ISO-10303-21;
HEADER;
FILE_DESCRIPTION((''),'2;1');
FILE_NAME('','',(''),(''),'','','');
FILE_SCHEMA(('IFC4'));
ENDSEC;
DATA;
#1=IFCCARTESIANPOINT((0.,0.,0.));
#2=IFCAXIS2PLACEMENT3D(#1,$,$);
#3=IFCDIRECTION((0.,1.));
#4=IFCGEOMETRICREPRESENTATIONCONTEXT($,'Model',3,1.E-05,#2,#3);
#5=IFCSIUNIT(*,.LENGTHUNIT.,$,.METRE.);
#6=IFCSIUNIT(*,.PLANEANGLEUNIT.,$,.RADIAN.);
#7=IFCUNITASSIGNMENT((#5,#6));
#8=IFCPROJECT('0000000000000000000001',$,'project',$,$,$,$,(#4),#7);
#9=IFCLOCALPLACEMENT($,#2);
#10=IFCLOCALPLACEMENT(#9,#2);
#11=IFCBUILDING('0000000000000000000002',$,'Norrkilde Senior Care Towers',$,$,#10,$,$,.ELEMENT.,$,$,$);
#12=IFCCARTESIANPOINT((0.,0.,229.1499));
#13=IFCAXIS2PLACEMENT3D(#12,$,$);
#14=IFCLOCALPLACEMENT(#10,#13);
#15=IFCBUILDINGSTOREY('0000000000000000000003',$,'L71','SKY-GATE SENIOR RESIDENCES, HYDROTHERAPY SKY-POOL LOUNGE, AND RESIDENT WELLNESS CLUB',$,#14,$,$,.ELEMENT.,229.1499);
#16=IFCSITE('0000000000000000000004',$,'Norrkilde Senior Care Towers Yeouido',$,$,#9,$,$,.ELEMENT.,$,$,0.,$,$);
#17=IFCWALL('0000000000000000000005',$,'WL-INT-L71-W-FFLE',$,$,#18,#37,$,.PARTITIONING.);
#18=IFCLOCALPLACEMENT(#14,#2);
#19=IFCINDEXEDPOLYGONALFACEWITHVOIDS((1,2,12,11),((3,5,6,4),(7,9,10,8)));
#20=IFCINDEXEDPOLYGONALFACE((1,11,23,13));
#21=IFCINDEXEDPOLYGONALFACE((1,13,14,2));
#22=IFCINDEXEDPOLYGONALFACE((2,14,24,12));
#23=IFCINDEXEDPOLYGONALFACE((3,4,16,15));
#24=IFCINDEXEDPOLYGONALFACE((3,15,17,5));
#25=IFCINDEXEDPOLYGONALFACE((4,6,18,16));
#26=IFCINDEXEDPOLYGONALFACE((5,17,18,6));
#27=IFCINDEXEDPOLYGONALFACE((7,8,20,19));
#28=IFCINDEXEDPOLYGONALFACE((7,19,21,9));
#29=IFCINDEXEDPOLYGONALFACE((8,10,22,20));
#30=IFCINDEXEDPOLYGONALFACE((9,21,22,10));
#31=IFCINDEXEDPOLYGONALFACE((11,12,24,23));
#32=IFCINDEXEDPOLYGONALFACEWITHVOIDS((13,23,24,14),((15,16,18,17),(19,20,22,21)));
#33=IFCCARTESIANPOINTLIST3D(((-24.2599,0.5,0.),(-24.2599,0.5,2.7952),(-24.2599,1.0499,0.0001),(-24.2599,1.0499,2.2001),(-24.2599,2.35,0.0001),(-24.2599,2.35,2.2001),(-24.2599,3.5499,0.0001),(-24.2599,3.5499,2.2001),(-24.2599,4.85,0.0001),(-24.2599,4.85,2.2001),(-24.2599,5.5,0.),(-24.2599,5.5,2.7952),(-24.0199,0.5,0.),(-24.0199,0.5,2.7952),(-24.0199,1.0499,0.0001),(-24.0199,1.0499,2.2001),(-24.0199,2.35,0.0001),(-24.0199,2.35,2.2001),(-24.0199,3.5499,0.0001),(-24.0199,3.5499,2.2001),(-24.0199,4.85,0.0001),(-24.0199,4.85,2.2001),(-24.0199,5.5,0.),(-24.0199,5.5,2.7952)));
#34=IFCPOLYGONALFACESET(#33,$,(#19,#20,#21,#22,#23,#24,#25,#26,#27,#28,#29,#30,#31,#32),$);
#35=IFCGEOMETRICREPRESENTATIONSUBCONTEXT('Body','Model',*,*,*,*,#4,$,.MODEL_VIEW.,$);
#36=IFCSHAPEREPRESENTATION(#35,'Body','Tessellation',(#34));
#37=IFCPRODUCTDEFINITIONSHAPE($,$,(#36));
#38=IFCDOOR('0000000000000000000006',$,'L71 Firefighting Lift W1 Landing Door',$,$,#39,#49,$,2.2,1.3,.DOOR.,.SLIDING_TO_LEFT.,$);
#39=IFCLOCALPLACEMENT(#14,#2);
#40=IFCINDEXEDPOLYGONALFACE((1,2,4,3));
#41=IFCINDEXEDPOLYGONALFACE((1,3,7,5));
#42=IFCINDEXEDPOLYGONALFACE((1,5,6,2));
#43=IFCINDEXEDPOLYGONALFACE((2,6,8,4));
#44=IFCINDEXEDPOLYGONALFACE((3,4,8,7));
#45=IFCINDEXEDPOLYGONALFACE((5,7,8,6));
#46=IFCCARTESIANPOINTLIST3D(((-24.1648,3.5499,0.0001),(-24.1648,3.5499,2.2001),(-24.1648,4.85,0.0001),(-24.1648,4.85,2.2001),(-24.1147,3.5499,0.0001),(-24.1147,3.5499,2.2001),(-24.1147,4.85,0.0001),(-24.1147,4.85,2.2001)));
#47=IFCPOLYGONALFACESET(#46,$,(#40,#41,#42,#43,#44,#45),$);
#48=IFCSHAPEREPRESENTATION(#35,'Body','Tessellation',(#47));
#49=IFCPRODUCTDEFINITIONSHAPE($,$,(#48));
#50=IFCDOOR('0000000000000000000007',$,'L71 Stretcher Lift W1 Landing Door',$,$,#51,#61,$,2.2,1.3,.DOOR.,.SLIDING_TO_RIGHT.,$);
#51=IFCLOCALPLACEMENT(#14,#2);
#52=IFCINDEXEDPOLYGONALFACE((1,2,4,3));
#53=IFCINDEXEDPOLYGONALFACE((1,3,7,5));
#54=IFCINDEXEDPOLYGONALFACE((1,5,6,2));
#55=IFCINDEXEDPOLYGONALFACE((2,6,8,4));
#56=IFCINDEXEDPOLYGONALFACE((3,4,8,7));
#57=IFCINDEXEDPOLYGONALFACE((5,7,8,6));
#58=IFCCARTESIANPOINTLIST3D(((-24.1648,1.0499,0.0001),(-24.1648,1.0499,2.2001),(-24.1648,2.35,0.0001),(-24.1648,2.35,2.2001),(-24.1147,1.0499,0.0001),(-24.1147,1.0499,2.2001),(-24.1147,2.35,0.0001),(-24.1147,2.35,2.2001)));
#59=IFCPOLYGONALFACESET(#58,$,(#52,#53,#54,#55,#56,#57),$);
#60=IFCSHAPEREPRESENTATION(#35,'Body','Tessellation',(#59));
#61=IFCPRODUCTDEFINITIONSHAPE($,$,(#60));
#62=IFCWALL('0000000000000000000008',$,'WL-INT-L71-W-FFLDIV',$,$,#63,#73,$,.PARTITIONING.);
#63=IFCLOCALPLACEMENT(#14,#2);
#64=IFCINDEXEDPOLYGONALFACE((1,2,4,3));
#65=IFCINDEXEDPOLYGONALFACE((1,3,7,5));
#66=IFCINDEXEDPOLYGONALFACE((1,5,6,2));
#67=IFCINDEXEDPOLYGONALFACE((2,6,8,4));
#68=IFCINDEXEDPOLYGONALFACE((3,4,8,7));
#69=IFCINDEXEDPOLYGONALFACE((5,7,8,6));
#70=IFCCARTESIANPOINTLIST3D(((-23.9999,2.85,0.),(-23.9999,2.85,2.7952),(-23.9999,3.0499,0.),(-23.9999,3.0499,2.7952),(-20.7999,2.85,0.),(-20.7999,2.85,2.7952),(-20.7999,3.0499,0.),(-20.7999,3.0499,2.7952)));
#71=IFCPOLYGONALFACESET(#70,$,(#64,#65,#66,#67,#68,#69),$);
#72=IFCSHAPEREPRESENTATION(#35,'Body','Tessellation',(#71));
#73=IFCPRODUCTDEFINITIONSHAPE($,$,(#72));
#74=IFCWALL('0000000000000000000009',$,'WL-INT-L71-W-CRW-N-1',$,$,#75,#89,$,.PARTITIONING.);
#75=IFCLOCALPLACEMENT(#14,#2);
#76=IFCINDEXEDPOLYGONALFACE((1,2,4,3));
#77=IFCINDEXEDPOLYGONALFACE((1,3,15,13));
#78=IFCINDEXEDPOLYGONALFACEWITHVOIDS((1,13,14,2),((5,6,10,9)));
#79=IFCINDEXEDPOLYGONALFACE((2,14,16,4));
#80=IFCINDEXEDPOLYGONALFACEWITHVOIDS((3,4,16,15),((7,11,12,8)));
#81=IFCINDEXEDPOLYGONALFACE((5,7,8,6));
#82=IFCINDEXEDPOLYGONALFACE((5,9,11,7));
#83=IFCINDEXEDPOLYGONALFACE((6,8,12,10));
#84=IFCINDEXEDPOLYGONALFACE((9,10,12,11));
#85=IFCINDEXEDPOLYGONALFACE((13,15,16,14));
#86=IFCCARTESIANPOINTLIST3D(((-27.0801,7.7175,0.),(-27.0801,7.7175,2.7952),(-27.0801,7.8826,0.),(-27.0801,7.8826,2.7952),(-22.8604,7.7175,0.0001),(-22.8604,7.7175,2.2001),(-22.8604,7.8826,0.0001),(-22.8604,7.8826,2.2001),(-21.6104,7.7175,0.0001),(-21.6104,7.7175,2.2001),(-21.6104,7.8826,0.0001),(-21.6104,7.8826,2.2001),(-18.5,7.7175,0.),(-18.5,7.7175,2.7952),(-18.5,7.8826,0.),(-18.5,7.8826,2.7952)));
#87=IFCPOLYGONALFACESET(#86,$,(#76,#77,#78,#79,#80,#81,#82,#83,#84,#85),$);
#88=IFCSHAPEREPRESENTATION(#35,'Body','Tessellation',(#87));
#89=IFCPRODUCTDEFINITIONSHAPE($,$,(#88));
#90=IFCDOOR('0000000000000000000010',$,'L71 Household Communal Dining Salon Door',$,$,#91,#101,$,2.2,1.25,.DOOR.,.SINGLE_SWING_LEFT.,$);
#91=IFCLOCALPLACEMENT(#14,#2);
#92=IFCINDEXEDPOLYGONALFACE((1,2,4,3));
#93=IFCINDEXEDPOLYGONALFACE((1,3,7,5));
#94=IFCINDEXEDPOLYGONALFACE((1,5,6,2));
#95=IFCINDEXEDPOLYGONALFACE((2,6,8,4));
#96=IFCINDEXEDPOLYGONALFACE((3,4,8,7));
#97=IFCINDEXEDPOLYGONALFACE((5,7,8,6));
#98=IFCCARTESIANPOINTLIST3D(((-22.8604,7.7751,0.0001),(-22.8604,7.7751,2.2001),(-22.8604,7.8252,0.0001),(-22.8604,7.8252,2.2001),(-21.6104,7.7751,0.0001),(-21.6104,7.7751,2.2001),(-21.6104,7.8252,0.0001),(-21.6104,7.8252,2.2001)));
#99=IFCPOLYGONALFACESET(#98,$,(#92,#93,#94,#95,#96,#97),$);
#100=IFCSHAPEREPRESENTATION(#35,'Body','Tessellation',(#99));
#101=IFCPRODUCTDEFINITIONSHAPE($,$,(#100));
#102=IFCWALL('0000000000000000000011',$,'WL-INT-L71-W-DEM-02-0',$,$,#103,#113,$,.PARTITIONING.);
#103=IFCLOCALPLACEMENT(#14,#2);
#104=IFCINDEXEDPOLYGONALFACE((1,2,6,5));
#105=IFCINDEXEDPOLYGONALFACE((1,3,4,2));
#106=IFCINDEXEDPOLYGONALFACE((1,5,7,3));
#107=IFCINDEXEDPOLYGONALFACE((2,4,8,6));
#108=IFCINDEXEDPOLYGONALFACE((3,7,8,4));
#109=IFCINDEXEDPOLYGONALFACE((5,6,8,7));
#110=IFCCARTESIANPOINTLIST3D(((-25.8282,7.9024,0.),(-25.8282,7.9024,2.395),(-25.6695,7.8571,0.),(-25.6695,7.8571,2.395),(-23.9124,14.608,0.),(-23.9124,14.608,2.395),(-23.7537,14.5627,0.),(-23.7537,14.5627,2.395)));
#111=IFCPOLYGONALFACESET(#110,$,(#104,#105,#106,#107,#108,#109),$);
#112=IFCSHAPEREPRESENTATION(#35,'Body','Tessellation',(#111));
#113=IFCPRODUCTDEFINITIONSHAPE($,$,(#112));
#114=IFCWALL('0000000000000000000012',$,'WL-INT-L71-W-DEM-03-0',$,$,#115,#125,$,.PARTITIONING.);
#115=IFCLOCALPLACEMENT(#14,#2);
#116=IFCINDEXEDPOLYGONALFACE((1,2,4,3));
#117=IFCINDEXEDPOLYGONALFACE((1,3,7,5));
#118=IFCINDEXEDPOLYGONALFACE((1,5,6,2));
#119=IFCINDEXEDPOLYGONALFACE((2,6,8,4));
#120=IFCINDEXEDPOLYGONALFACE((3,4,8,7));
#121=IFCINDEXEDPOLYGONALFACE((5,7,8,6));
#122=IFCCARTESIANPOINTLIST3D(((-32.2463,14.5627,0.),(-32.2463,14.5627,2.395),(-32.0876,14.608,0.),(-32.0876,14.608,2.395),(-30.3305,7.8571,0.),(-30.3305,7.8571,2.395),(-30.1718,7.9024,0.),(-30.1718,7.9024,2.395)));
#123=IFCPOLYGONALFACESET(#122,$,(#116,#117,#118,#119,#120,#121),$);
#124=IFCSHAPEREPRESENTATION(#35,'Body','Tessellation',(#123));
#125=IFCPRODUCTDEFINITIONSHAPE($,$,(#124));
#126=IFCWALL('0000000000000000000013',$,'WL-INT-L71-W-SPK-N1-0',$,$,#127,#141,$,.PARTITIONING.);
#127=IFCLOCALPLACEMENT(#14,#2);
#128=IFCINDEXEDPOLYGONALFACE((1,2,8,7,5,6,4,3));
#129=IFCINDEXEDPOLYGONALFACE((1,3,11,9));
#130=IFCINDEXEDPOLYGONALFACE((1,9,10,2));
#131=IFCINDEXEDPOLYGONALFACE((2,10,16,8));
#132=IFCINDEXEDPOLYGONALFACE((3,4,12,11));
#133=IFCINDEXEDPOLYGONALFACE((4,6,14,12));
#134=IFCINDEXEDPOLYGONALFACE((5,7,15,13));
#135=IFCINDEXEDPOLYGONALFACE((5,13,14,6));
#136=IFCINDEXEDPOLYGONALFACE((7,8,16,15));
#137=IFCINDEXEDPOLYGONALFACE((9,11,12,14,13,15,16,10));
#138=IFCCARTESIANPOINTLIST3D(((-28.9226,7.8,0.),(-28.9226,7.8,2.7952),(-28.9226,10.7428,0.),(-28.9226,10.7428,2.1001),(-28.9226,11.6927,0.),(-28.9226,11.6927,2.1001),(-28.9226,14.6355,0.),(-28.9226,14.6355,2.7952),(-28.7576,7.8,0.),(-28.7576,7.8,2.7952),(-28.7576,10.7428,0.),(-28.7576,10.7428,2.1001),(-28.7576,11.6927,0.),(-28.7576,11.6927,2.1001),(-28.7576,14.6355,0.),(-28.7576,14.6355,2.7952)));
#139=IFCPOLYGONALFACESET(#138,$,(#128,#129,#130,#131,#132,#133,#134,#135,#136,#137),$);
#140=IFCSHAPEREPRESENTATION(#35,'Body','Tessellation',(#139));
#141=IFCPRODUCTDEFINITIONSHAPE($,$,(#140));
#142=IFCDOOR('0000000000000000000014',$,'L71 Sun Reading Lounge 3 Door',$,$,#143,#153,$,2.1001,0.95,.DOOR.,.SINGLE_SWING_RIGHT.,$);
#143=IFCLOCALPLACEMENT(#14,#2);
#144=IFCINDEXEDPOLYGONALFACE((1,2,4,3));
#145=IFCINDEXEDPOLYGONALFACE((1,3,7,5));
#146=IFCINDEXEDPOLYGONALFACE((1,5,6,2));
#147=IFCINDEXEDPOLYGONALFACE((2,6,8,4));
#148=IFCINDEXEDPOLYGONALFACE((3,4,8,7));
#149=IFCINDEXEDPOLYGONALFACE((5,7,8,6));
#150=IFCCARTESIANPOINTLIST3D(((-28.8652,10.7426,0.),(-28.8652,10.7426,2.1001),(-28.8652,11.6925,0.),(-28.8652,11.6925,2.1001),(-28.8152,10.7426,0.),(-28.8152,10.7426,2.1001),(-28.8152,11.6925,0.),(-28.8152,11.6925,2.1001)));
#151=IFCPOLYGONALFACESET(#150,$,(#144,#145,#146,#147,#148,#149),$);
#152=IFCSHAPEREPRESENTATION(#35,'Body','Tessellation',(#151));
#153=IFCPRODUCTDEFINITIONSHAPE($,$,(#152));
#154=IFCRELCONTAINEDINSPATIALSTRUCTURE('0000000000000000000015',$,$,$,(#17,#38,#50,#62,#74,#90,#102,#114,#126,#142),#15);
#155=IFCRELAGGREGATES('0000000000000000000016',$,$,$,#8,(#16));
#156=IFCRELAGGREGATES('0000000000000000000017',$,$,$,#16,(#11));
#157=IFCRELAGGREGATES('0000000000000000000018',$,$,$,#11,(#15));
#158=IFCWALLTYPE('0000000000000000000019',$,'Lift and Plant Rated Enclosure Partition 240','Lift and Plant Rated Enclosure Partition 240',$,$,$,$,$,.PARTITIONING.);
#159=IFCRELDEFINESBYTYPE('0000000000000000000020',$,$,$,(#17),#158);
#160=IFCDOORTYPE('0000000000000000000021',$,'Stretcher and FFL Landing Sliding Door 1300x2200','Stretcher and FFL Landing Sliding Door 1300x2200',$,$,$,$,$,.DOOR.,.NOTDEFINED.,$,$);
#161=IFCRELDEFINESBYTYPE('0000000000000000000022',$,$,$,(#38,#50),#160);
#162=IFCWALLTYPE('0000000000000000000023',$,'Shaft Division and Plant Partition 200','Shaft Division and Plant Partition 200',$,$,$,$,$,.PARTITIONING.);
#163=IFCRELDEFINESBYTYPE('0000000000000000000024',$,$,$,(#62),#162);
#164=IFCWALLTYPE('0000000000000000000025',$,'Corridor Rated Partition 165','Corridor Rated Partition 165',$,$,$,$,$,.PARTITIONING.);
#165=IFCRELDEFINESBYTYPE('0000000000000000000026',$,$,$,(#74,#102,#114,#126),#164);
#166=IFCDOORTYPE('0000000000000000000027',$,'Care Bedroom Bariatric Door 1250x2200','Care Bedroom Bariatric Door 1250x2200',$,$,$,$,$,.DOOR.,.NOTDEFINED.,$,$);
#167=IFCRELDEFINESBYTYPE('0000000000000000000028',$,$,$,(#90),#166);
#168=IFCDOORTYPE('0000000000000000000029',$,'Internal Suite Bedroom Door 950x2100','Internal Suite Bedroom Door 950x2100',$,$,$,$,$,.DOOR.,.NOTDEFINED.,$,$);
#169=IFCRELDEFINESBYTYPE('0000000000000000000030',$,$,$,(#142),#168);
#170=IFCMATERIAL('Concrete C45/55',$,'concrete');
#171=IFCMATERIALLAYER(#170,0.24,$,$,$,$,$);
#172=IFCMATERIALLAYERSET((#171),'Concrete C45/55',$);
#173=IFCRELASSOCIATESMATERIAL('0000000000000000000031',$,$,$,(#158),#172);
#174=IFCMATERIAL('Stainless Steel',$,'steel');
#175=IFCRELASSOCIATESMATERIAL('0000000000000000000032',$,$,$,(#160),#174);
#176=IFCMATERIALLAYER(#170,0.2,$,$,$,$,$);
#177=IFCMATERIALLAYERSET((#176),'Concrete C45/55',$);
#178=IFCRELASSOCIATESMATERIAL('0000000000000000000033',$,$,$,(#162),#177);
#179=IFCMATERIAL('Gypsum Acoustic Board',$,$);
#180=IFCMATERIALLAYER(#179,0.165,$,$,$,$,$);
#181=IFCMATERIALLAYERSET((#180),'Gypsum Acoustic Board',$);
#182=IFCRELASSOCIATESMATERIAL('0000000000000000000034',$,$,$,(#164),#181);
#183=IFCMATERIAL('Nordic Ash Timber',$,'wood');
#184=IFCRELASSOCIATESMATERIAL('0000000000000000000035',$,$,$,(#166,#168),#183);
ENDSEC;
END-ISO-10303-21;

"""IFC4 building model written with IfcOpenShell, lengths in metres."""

from ifc_helpers import new_model, si_unit, direction, frame, frame_2d, origin, place, context, subcontext, project, spatial, rectangle, extrude, source, transform, mapped, material, layer, layer_set, type_object, type_shapes, element, fill, save


model = new_model("IFC4")

# Units and contexts
model_context = context("Model", 3, precision=1e-05, world=origin(), true_north=direction((0.0, 1.0)))
body_context = subcontext(model_context, "Body", "Model", "MODEL_VIEW")
ifc_project = project(units=[si_unit("LENGTHUNIT", "METRE"), si_unit("PLANEANGLEUNIT", "RADIAN")], contexts=[model_context])

# Site, building, storey
site_placement = place(None, origin())
site = spatial("IfcSite", under=ifc_project, at=site_placement, Name="Norrkilde Senior Care Towers Yeouido", CompositionType="ELEMENT", RefElevation=0.0)
building_placement = place(site_placement, origin())
building = spatial("IfcBuilding", under=site, at=building_placement, Name="Norrkilde Senior Care Towers", CompositionType="ELEMENT")
storey_placement = place(building_placement, frame((0.0, 0.0, 229.1499)))
storey = spatial("IfcBuildingStorey", under=building, at=storey_placement, Name="L71", Description="SKY-GATE SENIOR RESIDENCES, HYDROTHERAPY SKY-POOL LOUNGE, AND RESIDENT WELLNESS CLUB", CompositionType="ELEMENT", Elevation=229.1499)

# Wall, openings, doors
ifc_material_1 = material(Name="Concrete C45/55", Category="concrete")
ifc_layer_1 = layer(ifc_material_1, 0.24)
ifc_layer_set_1 = layer_set([ifc_layer_1], Name="Concrete C45/55")
wall_type_1 = type_object("IfcWallType", Name="Lift and Plant Rated Enclosure Partition 240", Description="Lift and Plant Rated Enclosure Partition 240", PredefinedType="PARTITIONING", material=ifc_layer_set_1)
shared_shape_1 = source(origin(), body_context, "Body", "SweptSolid", [
    extrude(rectangle(XDim=5.0, YDim=0.24, at=frame_2d((2.5, 0.0))), origin(), (0.0, 0.0, 1.0), 2.7952),
])
type_shapes(wall_type_1, [shared_shape_1])
wall_1_placement = place(storey_placement, frame((-24.1399, 0.5, 0.0), z_axis=(0.0, 0.0, 1.0), x_axis=(0.0, 1.0, 0.0)))
wall_1 = element("IfcWall", 1, at=wall_1_placement, inside=storey, type_object=wall_type_1, Name="WL-INT-L71-W-FFLE", PredefinedType="PARTITIONING", context=body_context, shape_type="MappedRepresentation", body=[
    mapped(shared_shape_1, transform((0.0, 0.0, 0.0), x_axis=(1.0, 0.0, 0.0), y_axis=(0.0, 1.0, 0.0), z_axis=(0.0, 0.0, 1.0), scale=1.0)),
])
opening_1_placement = place(wall_1_placement, frame((3.05, 0.0, 0.0)))
opening_1 = element("IfcOpeningElement", 2, at=opening_1_placement, cuts=wall_1, PredefinedType="OPENING", context=body_context, shape_type="SweptSolid", body=[
    extrude(rectangle(XDim=1.3, YDim=2.2, at=frame_2d((0.6499, 1.1001))), frame((0.0, 0.1299, 0.0), z_axis=(0.0, -1.0, 0.0), x_axis=(1.0, 0.0, 0.0)), (0.0, 0.0, 1.0), 0.26),
])
opening_2_placement = place(wall_1_placement, frame((0.55, 0.0, 0.0)))
opening_2 = element("IfcOpeningElement", 3, at=opening_2_placement, cuts=wall_1, PredefinedType="OPENING", context=body_context, shape_type="SweptSolid", body=[
    extrude(rectangle(XDim=1.3, YDim=2.2, at=frame_2d((0.6499, 1.1001))), frame((0.0, 0.1299, 0.0), z_axis=(0.0, -1.0, 0.0), x_axis=(1.0, 0.0, 0.0)), (0.0, 0.0, 1.0), 0.26),
])
ifc_material_2 = material(Name="Stainless Steel", Category="steel")
door_type_1 = type_object("IfcDoorType", Name="Stretcher and FFL Landing Sliding Door 1300x2200", Description="Stretcher and FFL Landing Sliding Door 1300x2200", OperationType="NOTDEFINED", PredefinedType="DOOR", material=ifc_material_2)
shared_shape_2 = source(origin(), body_context, "Body", "SweptSolid", [
    extrude(rectangle(XDim=1.3, YDim=2.2, at=frame_2d((0.6499, 1.1001))), frame((0.0, 0.0249, 0.0), z_axis=(0.0, -1.0, 0.0), x_axis=(1.0, 0.0, 0.0)), (0.0, 0.0, 1.0), 0.05),
])
type_shapes(door_type_1, [shared_shape_2])
door_1_placement = place(opening_1_placement, origin())
door_1 = element("IfcDoor", 4, at=door_1_placement, inside=storey, type_object=door_type_1, Name="L71 Firefighting Lift W1 Landing Door", OperationType="SLIDING_TO_LEFT", OverallHeight=2.2, OverallWidth=1.3, PredefinedType="DOOR", context=body_context, shape_type="MappedRepresentation", body=[
    mapped(shared_shape_2, transform((0.0, 0.0, 0.0), x_axis=(1.0, 0.0, 0.0), y_axis=(0.0, 1.0, 0.0), z_axis=(0.0, 0.0, 1.0), scale=1.0)),
])
fill(opening_1, door_1)
door_2_placement = place(opening_2_placement, origin())
door_2 = element("IfcDoor", 5, at=door_2_placement, inside=storey, type_object=door_type_1, Name="L71 Stretcher Lift W1 Landing Door", OperationType="SLIDING_TO_RIGHT", OverallHeight=2.2, OverallWidth=1.3, PredefinedType="DOOR", context=body_context, shape_type="MappedRepresentation", body=[
    mapped(shared_shape_2, transform((0.0, 0.0, 0.0), x_axis=(1.0, 0.0, 0.0), y_axis=(0.0, 1.0, 0.0), z_axis=(0.0, 0.0, 1.0), scale=1.0)),
])
fill(opening_2, door_2)

# Wall
ifc_layer_2 = layer(ifc_material_1, 0.2)
ifc_layer_set_2 = layer_set([ifc_layer_2], Name="Concrete C45/55")
wall_type_2 = type_object("IfcWallType", Name="Shaft Division and Plant Partition 200", Description="Shaft Division and Plant Partition 200", PredefinedType="PARTITIONING", material=ifc_layer_set_2)
shared_shape_3 = source(origin(), body_context, "Body", "SweptSolid", [
    extrude(rectangle(XDim=3.2, YDim=0.2, at=frame_2d((1.6001, 0.0))), origin(), (0.0, 0.0, 1.0), 2.7952),
])
type_shapes(wall_type_2, [shared_shape_3])
wall_2_placement = place(storey_placement, frame((-24.0, 2.95, 0.0), z_axis=(0.0, 0.0, 1.0), x_axis=(1.0, 0.0, 0.0)))
element("IfcWall", 6, at=wall_2_placement, inside=storey, type_object=wall_type_2, Name="WL-INT-L71-W-FFLDIV", PredefinedType="PARTITIONING", context=body_context, shape_type="MappedRepresentation", body=[
    mapped(shared_shape_3, transform((0.0, 0.0, 0.0), x_axis=(1.0, 0.0, 0.0), y_axis=(0.0, 1.0, 0.0), z_axis=(0.0, 0.0, 1.0), scale=1.0)),
])

# Wall, opening, door
ifc_material_3 = material(Name="Gypsum Acoustic Board")
ifc_layer_3 = layer(ifc_material_3, 0.165)
ifc_layer_set_3 = layer_set([ifc_layer_3], Name="Gypsum Acoustic Board")
wall_type_3 = type_object("IfcWallType", Name="Corridor Rated Partition 165", Description="Corridor Rated Partition 165", PredefinedType="PARTITIONING", material=ifc_layer_set_3)
shared_shape_4 = source(origin(), body_context, "Body", "SweptSolid", [
    extrude(rectangle(XDim=8.5801, YDim=0.165, at=frame_2d((4.29, 0.0))), origin(), (0.0, 0.0, 1.0), 2.7952),
])
wall_3_placement = place(storey_placement, frame((-27.0801, 7.8, 0.0), z_axis=(0.0, 0.0, 1.0), x_axis=(1.0, 0.0, 0.0)))
wall_3 = element("IfcWall", 7, at=wall_3_placement, inside=storey, type_object=wall_type_3, Name="WL-INT-L71-W-CRW-N-1", PredefinedType="PARTITIONING", context=body_context, shape_type="MappedRepresentation", body=[
    mapped(shared_shape_4, transform((0.0, 0.0, 0.0), x_axis=(1.0, 0.0, 0.0), y_axis=(0.0, 1.0, 0.0), z_axis=(0.0, 0.0, 1.0), scale=1.0)),
])
opening_3_placement = place(wall_3_placement, frame((4.2197, 0.0, 0.0)))
opening_3 = element("IfcOpeningElement", 8, at=opening_3_placement, cuts=wall_3, PredefinedType="OPENING", context=body_context, shape_type="SweptSolid", body=[
    extrude(rectangle(XDim=1.25, YDim=2.2, at=frame_2d((0.625, 1.1001))), frame((0.0, 0.0925, 0.0), z_axis=(0.0, -1.0, 0.0), x_axis=(1.0, 0.0, 0.0)), (0.0, 0.0, 1.0), 0.1851),
])
ifc_material_4 = material(Name="Nordic Ash Timber", Category="wood")
door_type_2 = type_object("IfcDoorType", Name="Care Bedroom Bariatric Door 1250x2200", Description="Care Bedroom Bariatric Door 1250x2200", OperationType="NOTDEFINED", PredefinedType="DOOR", material=ifc_material_4)
shared_shape_5 = source(origin(), body_context, "Body", "SweptSolid", [
    extrude(rectangle(XDim=1.25, YDim=2.2, at=frame_2d((0.625, 1.1001))), frame((0.0, 0.0249, 0.0), z_axis=(0.0, -1.0, 0.0), x_axis=(1.0, 0.0, 0.0)), (0.0, 0.0, 1.0), 0.05),
])
type_shapes(door_type_2, [shared_shape_5])
door_3_placement = place(opening_3_placement, frame((1.25, 0.0, 0.0), z_axis=(0.0, 0.0, 1.0), x_axis=(-1.0, 0.0, 0.0)))
door_3 = element("IfcDoor", 9, at=door_3_placement, inside=storey, type_object=door_type_2, Name="L71 Household Communal Dining Salon Door", OperationType="SINGLE_SWING_LEFT", OverallHeight=2.2, OverallWidth=1.25, PredefinedType="DOOR", context=body_context, shape_type="MappedRepresentation", body=[
    mapped(shared_shape_5, transform((0.0, 0.0, 0.0), x_axis=(1.0, 0.0, 0.0), y_axis=(0.0, 1.0, 0.0), z_axis=(0.0, 0.0, 1.0), scale=1.0)),
])
fill(opening_3, door_3)

# Walls
shared_shape_6 = source(origin(), body_context, "Body", "SweptSolid", [
    extrude(rectangle(XDim=6.9739, YDim=0.165, at=frame_2d((3.4868, 0.0))), origin(), (0.0, 0.0, 1.0), 2.395),
])
for number, where, z_axis, x_axis, name in (
    (10, (-25.7488, 7.8799, 0.0), (0.0, 0.0, 1.0), (0.274707, 0.961528, 0.0), "WL-INT-L71-W-DEM-02-0"),
    (11, (-30.2512, 7.8799, 0.0), (0.0, 0.0, 1.0), (-0.274707, 0.961528, 0.0), "WL-INT-L71-W-DEM-03-0"),
):
    element("IfcWall", number, at=place(storey_placement, frame(where, z_axis=z_axis, x_axis=x_axis)), inside=storey, type_object=wall_type_3, Name=name, PredefinedType="PARTITIONING", context=body_context, shape_type="MappedRepresentation", body=[
        mapped(shared_shape_6, transform((0.0, 0.0, 0.0), x_axis=(1.0, 0.0, 0.0), y_axis=(0.0, 1.0, 0.0), z_axis=(0.0, 0.0, 1.0), scale=1.0)),
    ])

# Wall, opening, door
shared_shape_7 = source(origin(), body_context, "Body", "SweptSolid", [
    extrude(rectangle(XDim=6.8354, YDim=0.165, at=frame_2d((3.4177, 0.0))), origin(), (0.0, 0.0, 1.0), 2.7952),
])
type_shapes(wall_type_3, [shared_shape_4, shared_shape_6, shared_shape_7])
wall_4_placement = place(storey_placement, frame((-28.8401, 7.8, 0.0), z_axis=(0.0, 0.0, 1.0), x_axis=(0.0, 1.0, 0.0)))
wall_4 = element("IfcWall", 12, at=wall_4_placement, inside=storey, type_object=wall_type_3, Name="WL-INT-L71-W-SPK-N1-0", PredefinedType="PARTITIONING", context=body_context, shape_type="MappedRepresentation", body=[
    mapped(shared_shape_7, transform((0.0, 0.0, 0.0), x_axis=(1.0, 0.0, 0.0), y_axis=(0.0, 1.0, 0.0), z_axis=(0.0, 0.0, 1.0), scale=1.0)),
])
opening_4_placement = place(wall_4_placement, frame((2.9426, 0.0, 0.0)))
opening_4 = element("IfcOpeningElement", 13, at=opening_4_placement, cuts=wall_4, PredefinedType="OPENING", context=body_context, shape_type="SweptSolid", body=[
    extrude(rectangle(XDim=0.95, YDim=2.1001, at=frame_2d((0.4751, 1.05))), frame((0.0, 0.0925, 0.0), z_axis=(0.0, -1.0, 0.0), x_axis=(1.0, 0.0, 0.0)), (0.0, 0.0, 1.0), 0.1851),
])
door_type_3 = type_object("IfcDoorType", Name="Internal Suite Bedroom Door 950x2100", Description="Internal Suite Bedroom Door 950x2100", OperationType="NOTDEFINED", PredefinedType="DOOR", material=ifc_material_4)
shared_shape_8 = source(origin(), body_context, "Body", "SweptSolid", [
    extrude(rectangle(XDim=0.95, YDim=2.1001, at=frame_2d((0.4751, 1.05))), frame((0.0, 0.0249, 0.0), z_axis=(0.0, -1.0, 0.0), x_axis=(1.0, 0.0, 0.0)), (0.0, 0.0, 1.0), 0.05),
])
type_shapes(door_type_3, [shared_shape_8])
door_4_placement = place(opening_4_placement, frame((0.95, 0.0, 0.0), z_axis=(0.0, 0.0, 1.0), x_axis=(-1.0, 0.0, 0.0)))
door_4 = element("IfcDoor", 14, at=door_4_placement, inside=storey, type_object=door_type_3, Name="L71 Sun Reading Lounge 3 Door", OperationType="SINGLE_SWING_RIGHT", OverallHeight=2.1001, OverallWidth=0.95, PredefinedType="DOOR", context=body_context, shape_type="MappedRepresentation", body=[
    mapped(shared_shape_8, transform((0.0, 0.0, 0.0), x_axis=(1.0, 0.0, 0.0), y_axis=(0.0, 1.0, 0.0), z_axis=(0.0, 0.0, 1.0), scale=1.0)),
])
fill(opening_4, door_4)

save(model, "model.ifc")
